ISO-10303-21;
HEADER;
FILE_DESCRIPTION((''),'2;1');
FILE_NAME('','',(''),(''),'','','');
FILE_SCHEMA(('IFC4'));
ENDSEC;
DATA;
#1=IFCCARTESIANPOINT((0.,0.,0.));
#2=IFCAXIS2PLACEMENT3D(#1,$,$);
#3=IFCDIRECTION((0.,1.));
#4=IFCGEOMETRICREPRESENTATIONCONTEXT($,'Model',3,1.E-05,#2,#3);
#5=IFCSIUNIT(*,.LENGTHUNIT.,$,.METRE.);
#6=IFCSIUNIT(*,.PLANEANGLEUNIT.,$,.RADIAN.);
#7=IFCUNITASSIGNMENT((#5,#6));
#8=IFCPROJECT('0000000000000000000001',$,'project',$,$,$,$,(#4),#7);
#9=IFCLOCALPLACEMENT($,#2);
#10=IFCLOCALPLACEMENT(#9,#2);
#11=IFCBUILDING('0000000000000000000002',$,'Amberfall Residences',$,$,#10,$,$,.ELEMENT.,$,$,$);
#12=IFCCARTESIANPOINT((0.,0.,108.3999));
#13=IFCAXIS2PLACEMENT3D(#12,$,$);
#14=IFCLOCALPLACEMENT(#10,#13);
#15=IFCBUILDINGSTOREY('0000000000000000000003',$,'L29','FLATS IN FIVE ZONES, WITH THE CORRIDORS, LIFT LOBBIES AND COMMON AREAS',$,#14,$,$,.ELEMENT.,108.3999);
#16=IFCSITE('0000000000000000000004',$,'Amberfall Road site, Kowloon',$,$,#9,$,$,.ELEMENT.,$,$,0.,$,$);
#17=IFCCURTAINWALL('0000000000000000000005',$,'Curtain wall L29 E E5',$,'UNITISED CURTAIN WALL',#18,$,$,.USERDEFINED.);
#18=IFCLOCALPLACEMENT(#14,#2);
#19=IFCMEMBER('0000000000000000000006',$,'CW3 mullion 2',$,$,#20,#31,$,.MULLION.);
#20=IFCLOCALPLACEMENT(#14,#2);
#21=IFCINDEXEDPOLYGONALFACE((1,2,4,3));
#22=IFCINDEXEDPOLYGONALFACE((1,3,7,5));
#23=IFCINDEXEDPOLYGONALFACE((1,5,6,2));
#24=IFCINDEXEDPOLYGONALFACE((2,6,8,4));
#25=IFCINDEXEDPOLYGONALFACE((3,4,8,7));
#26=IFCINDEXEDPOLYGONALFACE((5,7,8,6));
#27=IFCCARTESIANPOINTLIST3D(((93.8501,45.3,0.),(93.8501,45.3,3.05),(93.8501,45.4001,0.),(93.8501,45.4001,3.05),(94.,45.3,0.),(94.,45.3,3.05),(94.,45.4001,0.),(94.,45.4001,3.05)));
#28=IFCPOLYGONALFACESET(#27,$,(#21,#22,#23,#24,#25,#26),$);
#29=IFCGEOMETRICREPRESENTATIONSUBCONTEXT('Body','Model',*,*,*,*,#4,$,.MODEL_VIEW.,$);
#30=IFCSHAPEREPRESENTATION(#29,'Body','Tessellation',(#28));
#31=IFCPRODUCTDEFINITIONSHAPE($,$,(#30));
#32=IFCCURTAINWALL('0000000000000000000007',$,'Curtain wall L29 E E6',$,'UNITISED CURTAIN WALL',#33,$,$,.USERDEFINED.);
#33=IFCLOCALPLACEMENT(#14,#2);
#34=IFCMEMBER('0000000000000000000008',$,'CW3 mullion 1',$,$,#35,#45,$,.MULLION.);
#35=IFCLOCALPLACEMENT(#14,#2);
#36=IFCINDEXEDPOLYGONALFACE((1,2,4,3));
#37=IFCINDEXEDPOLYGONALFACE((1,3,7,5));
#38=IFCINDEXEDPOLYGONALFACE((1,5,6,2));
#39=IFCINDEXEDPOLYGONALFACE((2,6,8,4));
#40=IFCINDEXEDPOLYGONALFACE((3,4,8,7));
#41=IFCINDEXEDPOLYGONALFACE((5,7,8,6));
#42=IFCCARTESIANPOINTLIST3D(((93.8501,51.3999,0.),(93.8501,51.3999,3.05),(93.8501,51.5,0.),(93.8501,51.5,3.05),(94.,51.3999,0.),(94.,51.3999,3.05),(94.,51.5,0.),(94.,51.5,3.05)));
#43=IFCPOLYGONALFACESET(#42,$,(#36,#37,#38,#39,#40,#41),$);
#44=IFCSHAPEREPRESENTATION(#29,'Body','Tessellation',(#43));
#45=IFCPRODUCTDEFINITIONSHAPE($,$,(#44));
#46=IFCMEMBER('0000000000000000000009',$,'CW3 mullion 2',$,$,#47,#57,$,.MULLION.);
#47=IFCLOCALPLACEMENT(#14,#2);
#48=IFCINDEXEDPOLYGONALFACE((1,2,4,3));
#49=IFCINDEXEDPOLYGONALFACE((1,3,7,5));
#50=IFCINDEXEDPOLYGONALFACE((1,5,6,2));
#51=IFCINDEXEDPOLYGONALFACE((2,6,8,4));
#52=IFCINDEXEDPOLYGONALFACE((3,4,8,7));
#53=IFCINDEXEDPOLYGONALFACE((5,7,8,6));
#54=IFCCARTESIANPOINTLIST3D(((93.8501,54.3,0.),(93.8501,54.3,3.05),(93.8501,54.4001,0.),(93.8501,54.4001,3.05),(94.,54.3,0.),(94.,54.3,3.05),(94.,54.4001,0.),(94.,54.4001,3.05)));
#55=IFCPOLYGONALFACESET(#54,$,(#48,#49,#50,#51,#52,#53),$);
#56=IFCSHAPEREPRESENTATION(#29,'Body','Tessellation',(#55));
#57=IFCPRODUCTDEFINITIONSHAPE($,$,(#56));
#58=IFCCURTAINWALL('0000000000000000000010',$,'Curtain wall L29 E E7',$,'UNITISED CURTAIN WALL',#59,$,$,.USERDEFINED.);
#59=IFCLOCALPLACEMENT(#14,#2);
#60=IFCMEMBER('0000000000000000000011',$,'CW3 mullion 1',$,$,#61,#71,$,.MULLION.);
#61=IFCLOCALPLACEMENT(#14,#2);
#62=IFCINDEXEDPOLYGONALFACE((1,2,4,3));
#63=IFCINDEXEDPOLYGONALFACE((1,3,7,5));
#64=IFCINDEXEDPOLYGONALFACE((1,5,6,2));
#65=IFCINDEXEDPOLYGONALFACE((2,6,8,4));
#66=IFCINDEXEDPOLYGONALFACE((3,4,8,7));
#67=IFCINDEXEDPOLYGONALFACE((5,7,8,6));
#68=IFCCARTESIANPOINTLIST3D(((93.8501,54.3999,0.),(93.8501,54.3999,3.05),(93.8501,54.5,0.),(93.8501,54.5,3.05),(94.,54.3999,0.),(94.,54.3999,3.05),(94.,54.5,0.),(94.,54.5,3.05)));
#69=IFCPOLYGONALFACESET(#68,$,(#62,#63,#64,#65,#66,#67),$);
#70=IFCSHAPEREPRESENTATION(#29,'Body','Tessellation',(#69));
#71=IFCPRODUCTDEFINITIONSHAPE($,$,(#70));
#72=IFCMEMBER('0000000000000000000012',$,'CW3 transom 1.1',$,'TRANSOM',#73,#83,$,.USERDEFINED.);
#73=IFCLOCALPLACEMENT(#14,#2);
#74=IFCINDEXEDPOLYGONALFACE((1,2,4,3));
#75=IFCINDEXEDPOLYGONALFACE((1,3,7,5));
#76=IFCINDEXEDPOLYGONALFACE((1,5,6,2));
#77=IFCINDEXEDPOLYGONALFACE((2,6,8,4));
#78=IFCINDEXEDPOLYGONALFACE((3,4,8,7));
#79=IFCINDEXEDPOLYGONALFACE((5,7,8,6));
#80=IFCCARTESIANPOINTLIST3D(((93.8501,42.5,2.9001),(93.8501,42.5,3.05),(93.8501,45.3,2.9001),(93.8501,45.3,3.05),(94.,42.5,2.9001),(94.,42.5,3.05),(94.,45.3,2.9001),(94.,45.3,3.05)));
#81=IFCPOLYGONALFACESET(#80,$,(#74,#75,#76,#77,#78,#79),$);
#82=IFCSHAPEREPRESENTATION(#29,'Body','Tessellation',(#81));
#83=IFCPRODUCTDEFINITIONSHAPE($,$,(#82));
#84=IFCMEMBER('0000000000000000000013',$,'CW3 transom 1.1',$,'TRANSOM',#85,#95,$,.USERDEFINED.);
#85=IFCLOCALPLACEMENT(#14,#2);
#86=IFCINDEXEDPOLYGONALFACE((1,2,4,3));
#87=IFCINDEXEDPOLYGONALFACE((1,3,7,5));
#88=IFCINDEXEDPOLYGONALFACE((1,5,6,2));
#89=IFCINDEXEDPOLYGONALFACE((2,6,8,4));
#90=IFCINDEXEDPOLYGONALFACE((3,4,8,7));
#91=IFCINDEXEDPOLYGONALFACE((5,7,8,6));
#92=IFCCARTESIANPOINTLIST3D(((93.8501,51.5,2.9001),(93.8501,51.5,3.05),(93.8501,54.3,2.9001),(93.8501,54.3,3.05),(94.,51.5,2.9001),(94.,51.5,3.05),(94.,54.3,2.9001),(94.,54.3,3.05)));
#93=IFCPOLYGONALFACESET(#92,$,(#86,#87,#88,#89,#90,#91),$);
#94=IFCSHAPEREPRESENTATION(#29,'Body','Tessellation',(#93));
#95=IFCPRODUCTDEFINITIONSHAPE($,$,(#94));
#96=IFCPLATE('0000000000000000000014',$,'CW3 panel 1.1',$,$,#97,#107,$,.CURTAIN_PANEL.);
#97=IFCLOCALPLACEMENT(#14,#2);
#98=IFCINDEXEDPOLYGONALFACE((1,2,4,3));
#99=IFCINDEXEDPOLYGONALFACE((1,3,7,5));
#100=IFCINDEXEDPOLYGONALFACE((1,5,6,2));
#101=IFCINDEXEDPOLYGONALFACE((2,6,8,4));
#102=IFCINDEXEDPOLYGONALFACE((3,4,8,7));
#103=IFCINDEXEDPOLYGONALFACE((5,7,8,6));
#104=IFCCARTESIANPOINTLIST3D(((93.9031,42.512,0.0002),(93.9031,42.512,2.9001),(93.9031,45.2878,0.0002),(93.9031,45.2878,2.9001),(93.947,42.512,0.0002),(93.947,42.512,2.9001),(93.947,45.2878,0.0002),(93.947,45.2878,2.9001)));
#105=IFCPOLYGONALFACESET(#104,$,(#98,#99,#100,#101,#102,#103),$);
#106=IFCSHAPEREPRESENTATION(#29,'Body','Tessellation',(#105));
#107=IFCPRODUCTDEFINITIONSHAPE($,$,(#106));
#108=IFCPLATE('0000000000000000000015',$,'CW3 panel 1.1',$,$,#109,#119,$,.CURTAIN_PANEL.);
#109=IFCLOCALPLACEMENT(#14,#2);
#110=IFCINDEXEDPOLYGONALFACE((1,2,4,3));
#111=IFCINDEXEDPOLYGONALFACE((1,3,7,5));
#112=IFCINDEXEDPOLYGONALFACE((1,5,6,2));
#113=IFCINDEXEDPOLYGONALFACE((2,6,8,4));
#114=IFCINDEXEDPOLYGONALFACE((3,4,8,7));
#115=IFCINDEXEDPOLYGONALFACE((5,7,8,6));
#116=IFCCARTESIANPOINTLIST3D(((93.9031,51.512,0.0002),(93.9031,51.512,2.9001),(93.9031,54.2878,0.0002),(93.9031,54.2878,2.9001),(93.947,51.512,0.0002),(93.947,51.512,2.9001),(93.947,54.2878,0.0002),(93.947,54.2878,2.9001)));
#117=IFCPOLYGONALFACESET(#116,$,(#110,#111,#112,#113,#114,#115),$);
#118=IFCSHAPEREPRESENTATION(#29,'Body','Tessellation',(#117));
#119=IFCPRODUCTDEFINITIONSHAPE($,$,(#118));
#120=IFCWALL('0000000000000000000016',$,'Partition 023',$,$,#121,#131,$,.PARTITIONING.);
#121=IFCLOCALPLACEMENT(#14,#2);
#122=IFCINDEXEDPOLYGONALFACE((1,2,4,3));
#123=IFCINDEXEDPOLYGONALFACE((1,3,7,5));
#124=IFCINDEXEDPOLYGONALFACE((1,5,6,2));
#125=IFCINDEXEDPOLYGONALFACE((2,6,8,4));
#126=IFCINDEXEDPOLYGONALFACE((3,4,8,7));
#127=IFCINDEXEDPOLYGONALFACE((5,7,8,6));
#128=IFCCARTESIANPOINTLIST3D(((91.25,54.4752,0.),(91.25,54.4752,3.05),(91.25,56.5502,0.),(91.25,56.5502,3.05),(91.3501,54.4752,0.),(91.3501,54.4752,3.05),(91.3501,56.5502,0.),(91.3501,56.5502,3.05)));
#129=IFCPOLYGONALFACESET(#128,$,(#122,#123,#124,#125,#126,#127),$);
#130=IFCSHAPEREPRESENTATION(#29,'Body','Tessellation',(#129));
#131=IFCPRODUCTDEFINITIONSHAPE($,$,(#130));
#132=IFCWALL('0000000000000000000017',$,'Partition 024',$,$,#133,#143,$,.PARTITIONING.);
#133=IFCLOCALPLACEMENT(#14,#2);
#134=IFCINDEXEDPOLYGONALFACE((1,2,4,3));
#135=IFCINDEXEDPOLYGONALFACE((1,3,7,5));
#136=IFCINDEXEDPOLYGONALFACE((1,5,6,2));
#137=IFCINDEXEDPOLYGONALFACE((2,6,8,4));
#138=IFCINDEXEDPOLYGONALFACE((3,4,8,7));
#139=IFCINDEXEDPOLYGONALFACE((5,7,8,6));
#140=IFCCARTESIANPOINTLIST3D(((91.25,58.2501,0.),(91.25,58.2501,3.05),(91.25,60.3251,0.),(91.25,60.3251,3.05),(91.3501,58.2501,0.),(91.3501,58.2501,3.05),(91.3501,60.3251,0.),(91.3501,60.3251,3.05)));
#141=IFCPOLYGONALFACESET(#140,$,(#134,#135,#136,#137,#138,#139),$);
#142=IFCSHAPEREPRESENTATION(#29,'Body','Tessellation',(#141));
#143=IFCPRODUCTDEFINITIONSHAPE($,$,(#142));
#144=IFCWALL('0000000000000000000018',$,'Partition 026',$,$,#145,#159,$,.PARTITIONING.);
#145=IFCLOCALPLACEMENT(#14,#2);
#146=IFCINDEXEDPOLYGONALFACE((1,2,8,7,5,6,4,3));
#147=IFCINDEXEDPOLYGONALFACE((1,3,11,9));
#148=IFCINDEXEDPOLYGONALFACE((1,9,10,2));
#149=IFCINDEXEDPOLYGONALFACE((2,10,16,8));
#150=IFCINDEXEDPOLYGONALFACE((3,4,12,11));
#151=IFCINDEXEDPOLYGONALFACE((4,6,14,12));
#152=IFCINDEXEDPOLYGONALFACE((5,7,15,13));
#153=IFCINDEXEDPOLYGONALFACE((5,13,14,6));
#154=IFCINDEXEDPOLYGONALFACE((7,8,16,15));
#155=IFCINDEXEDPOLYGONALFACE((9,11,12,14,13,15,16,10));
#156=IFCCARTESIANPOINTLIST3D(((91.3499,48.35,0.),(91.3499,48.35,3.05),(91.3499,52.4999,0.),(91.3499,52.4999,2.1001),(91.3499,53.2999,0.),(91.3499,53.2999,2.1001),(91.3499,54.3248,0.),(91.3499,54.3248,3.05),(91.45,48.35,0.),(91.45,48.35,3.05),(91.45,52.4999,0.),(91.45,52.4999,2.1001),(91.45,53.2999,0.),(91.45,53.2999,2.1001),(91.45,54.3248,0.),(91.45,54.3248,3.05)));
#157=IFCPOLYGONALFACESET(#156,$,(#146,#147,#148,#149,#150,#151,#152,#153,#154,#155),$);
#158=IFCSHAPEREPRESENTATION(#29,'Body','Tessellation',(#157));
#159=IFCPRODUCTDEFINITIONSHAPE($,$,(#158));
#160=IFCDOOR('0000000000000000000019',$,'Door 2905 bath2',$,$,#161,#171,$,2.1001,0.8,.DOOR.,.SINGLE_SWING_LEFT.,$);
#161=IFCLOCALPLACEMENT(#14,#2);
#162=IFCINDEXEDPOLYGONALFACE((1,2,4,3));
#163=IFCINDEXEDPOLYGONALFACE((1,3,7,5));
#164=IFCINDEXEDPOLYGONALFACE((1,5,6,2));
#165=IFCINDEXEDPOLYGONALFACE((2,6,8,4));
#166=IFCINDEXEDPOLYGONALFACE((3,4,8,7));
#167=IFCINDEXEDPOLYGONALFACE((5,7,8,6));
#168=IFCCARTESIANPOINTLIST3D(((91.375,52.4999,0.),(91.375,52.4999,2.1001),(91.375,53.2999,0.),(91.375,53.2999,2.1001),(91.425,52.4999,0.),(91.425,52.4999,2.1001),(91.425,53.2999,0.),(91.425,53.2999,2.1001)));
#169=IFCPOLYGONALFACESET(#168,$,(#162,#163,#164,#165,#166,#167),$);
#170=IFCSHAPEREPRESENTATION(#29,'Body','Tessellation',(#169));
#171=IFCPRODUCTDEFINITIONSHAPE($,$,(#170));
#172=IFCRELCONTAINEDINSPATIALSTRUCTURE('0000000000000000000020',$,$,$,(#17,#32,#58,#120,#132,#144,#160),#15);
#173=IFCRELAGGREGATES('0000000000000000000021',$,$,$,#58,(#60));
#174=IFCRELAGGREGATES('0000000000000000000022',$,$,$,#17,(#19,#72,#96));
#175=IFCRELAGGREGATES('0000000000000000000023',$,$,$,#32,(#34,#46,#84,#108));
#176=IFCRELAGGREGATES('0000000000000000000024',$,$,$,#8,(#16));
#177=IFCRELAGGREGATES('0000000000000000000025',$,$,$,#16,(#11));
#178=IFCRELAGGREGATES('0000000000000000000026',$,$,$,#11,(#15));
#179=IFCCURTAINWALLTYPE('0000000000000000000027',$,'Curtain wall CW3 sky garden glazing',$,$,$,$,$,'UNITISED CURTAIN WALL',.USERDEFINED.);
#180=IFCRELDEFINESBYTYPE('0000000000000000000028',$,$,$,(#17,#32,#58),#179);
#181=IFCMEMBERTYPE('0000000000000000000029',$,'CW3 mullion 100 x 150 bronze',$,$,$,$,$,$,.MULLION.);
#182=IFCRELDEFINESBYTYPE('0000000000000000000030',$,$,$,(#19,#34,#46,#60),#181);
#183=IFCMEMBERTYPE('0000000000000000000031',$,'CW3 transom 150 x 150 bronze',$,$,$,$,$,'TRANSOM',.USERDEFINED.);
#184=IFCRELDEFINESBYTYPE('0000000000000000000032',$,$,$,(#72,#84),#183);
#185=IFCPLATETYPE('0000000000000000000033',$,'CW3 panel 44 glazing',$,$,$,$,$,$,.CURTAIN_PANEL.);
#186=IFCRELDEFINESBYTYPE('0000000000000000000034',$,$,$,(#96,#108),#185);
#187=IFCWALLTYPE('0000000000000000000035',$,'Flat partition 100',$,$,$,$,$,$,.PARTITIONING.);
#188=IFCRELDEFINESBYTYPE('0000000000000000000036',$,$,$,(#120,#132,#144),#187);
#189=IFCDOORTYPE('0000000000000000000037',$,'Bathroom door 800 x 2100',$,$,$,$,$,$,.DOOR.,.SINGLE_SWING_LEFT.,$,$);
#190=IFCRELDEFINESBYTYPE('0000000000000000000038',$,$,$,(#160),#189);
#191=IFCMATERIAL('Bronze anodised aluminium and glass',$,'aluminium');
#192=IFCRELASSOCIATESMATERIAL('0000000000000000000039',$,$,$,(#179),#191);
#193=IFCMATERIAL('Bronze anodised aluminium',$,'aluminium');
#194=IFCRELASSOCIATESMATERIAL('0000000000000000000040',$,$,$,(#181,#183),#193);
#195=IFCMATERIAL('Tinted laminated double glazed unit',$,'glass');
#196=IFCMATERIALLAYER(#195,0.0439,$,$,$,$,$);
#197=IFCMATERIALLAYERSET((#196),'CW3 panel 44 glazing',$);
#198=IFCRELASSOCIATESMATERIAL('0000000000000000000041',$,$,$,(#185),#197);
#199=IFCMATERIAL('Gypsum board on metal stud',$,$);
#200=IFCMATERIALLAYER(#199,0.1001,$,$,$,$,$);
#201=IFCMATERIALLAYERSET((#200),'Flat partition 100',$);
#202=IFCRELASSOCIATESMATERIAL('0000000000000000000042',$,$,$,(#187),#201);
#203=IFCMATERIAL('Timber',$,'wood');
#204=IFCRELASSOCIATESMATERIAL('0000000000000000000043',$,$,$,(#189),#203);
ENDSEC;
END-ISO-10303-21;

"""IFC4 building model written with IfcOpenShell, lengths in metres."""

from ifc_helpers import new_model, si_unit, direction, frame, frame_2d, origin, origin_2d, place, context, subcontext, project, spatial, rectangle, extrude, material, layer, layer_set, material_profile, profile_set, type_object, element, fill, aggregate, save


model = new_model("IFC4")

# Units and contexts
model_context = context("Model", 3, precision=1e-05, world=origin(), true_north=direction((0.0, 1.0)))
body_context = subcontext(model_context, "Body", "Model", "MODEL_VIEW")
ifc_project = project(units=[si_unit("LENGTHUNIT", "METRE"), si_unit("PLANEANGLEUNIT", "RADIAN")], contexts=[model_context])

# Site, building, storey
site_placement = place(None, origin())
site = spatial("IfcSite", under=ifc_project, at=site_placement, Name="Amberfall Road site, Kowloon", CompositionType="ELEMENT", RefElevation=0.0)
building_placement = place(site_placement, origin())
building = spatial("IfcBuilding", under=site, at=building_placement, Name="Amberfall Residences", CompositionType="ELEMENT")
storey_placement = place(building_placement, frame((0.0, 0.0, 108.3999)))
storey = spatial("IfcBuildingStorey", under=building, at=storey_placement, Name="L29", Description="FLATS IN FIVE ZONES, WITH THE CORRIDORS, LIFT LOBBIES AND COMMON AREAS", CompositionType="ELEMENT", Elevation=108.3999)

# Curtain wall, member
ifc_material_1 = material(Name="Bronze anodised aluminium and glass", Category="aluminium")
curtain_wall_type = type_object("IfcCurtainWallType", Name="Curtain wall CW3 sky garden glazing", ElementType="UNITISED CURTAIN WALL", PredefinedType="USERDEFINED", material=ifc_material_1)
curtain_wall_1_placement = place(storey_placement, origin())
curtain_wall_1 = element("IfcCurtainWall", 1, at=curtain_wall_1_placement, inside=storey, type_object=curtain_wall_type, Name="Curtain wall L29 E E5", ObjectType="UNITISED CURTAIN WALL", PredefinedType="USERDEFINED")
ifc_material_2 = material(Name="Bronze anodised aluminium", Category="aluminium")
ifc_material_profile_1 = material_profile(ifc_material_2, rectangle(XDim=0.1499, YDim=0.1001, at=origin_2d()), Name="CW3 mullion 100 x 150 bronze")
ifc_profile_set_1 = profile_set([ifc_material_profile_1], Name="Bronze anodised aluminium")
member_type_1 = type_object("IfcMemberType", Name="CW3 mullion 100 x 150 bronze", PredefinedType="MULLION", material=ifc_profile_set_1)
member_1_placement = place(storey_placement, frame((93.925, 45.3501, 0.0), z_axis=(0.0, 0.0, 1.0), x_axis=(-1.0, 0.0, 0.0)))
member_1 = element("IfcMember", 2, at=member_1_placement, type_object=member_type_1, Name="CW3 mullion 2", PredefinedType="MULLION", context=body_context, shape_type="SweptSolid", body=[
    extrude(rectangle(XDim=0.1499, YDim=0.1001, at=origin_2d()), origin(), (0.0, 0.0, 1.0), 3.05),
])

# Curtain wall, members
curtain_wall_2_placement = place(storey_placement, origin())
curtain_wall_2 = element("IfcCurtainWall", 3, at=curtain_wall_2_placement, inside=storey, type_object=curtain_wall_type, Name="Curtain wall L29 E E6", ObjectType="UNITISED CURTAIN WALL", PredefinedType="USERDEFINED")
member_2_placement = place(storey_placement, frame((93.925, 51.45, 0.0), z_axis=(0.0, 0.0, 1.0), x_axis=(-1.0, 0.0, 0.0)))
member_2 = element("IfcMember", 4, at=member_2_placement, type_object=member_type_1, Name="CW3 mullion 1", PredefinedType="MULLION", context=body_context, shape_type="SweptSolid", body=[
    extrude(rectangle(XDim=0.1499, YDim=0.1001, at=origin_2d()), origin(), (0.0, 0.0, 1.0), 3.05),
])
member_3_placement = place(storey_placement, frame((93.925, 54.3501, 0.0), z_axis=(0.0, 0.0, 1.0), x_axis=(-1.0, 0.0, 0.0)))
member_3 = element("IfcMember", 5, at=member_3_placement, type_object=member_type_1, Name="CW3 mullion 2", PredefinedType="MULLION", context=body_context, shape_type="SweptSolid", body=[
    extrude(rectangle(XDim=0.1499, YDim=0.1001, at=origin_2d()), origin(), (0.0, 0.0, 1.0), 3.05),
])

# Curtain wall, member
curtain_wall_3_placement = place(storey_placement, origin())
curtain_wall_3 = element("IfcCurtainWall", 6, at=curtain_wall_3_placement, inside=storey, type_object=curtain_wall_type, Name="Curtain wall L29 E E7", ObjectType="UNITISED CURTAIN WALL", PredefinedType="USERDEFINED")
member_4_placement = place(storey_placement, frame((93.925, 54.45, 0.0), z_axis=(0.0, 0.0, 1.0), x_axis=(-1.0, 0.0, 0.0)))
member_4 = element("IfcMember", 7, at=member_4_placement, type_object=member_type_1, Name="CW3 mullion 1", PredefinedType="MULLION", context=body_context, shape_type="SweptSolid", body=[
    extrude(rectangle(XDim=0.1499, YDim=0.1001, at=origin_2d()), origin(), (0.0, 0.0, 1.0), 3.05),
])
aggregate(curtain_wall_3, [member_4])

# Members
ifc_material_profile_2 = material_profile(ifc_material_2, rectangle(XDim=0.1499, YDim=0.1499, at=origin_2d()), Name="CW3 transom 150 x 150 bronze")
ifc_profile_set_2 = profile_set([ifc_material_profile_2], Name="Bronze anodised aluminium")
member_type_2 = type_object("IfcMemberType", Name="CW3 transom 150 x 150 bronze", ElementType="TRANSOM", PredefinedType="USERDEFINED", material=ifc_profile_set_2)
member_5_placement = place(storey_placement, frame((93.925, 42.5, 2.9751), z_axis=(0.0, 1.0, 0.0), x_axis=(-1.0, 0.0, 0.0)))
member_5 = element("IfcMember", 8, at=member_5_placement, type_object=member_type_2, Name="CW3 transom 1.1", ObjectType="TRANSOM", PredefinedType="USERDEFINED", context=body_context, shape_type="SweptSolid", body=[
    extrude(rectangle(XDim=0.1499, YDim=0.1499, at=origin_2d()), origin(), (0.0, 0.0, 1.0), 2.8),
])
member_6_placement = place(storey_placement, frame((93.925, 51.5, 2.9751), z_axis=(0.0, 1.0, 0.0), x_axis=(-1.0, 0.0, 0.0)))
member_6 = element("IfcMember", 9, at=member_6_placement, type_object=member_type_2, Name="CW3 transom 1.1", ObjectType="TRANSOM", PredefinedType="USERDEFINED", context=body_context, shape_type="SweptSolid", body=[
    extrude(rectangle(XDim=0.1499, YDim=0.1499, at=origin_2d()), origin(), (0.0, 0.0, 1.0), 2.8),
])

# Plates
ifc_material_3 = material(Name="Tinted laminated double glazed unit", Category="glass")
ifc_layer_1 = layer(ifc_material_3, 0.0439)
ifc_layer_set_1 = layer_set([ifc_layer_1], Name="CW3 panel 44 glazing")
plate_type = type_object("IfcPlateType", Name="CW3 panel 44 glazing", PredefinedType="CURTAIN_PANEL", material=ifc_layer_set_1)
plate_1_placement = place(storey_placement, frame((93.925, 43.8999, 0.0002), z_axis=(0.0, 0.0, 1.0), x_axis=(0.0, 1.0, 0.0)))
plate_1 = element("IfcPlate", 10, at=plate_1_placement, type_object=plate_type, Name="CW3 panel 1.1", PredefinedType="CURTAIN_PANEL", context=body_context, shape_type="SweptSolid", body=[
    extrude(rectangle(XDim=2.7759, YDim=0.0439, at=origin_2d()), origin(), (0.0, 0.0, 1.0), 2.8999),
])
aggregate(curtain_wall_1, [member_1, member_5, plate_1])
plate_2_placement = place(storey_placement, frame((93.925, 52.8999, 0.0002), z_axis=(0.0, 0.0, 1.0), x_axis=(0.0, 1.0, 0.0)))
plate_2 = element("IfcPlate", 11, at=plate_2_placement, type_object=plate_type, Name="CW3 panel 1.1", PredefinedType="CURTAIN_PANEL", context=body_context, shape_type="SweptSolid", body=[
    extrude(rectangle(XDim=2.7759, YDim=0.0439, at=origin_2d()), origin(), (0.0, 0.0, 1.0), 2.8999),
])
aggregate(curtain_wall_2, [member_2, member_3, member_6, plate_2])

# Walls
ifc_material_4 = material(Name="Gypsum board on metal stud")
ifc_layer_2 = layer(ifc_material_4, 0.1001)
ifc_layer_set_2 = layer_set([ifc_layer_2], Name="Flat partition 100")
wall_type_1 = type_object("IfcWallType", Name="Flat partition 100", PredefinedType="PARTITIONING", material=ifc_layer_set_2)
for number, where, z_axis, x_axis, name in (
    (12, (91.3, 54.4751, 0.0), (0.0, 0.0, 1.0), (0.0, 1.0, 0.0), "Partition 023"),
    (13, (91.3, 58.25, 0.0), (0.0, 0.0, 1.0), (0.0, 1.0, 0.0), "Partition 024"),
):
    element("IfcWall", number, at=place(storey_placement, frame(where, z_axis=z_axis, x_axis=x_axis)), inside=storey, type_object=wall_type_1, Name=name, PredefinedType="PARTITIONING", context=body_context, shape_type="SweptSolid", body=[
        extrude(rectangle(XDim=2.075, YDim=0.1001, at=frame_2d((1.0376, 0.0))), origin(), (0.0, 0.0, 1.0), 3.05),
    ])

# Wall, opening, door
wall_1_placement = place(storey_placement, frame((91.3999, 48.3501, 0.0), z_axis=(0.0, 0.0, 1.0), x_axis=(0.0, 1.0, 0.0)))
wall_1 = element("IfcWall", 14, at=wall_1_placement, inside=storey, type_object=wall_type_1, Name="Partition 026", PredefinedType="PARTITIONING", context=body_context, shape_type="SweptSolid", body=[
    extrude(rectangle(XDim=5.9749, YDim=0.1001, at=frame_2d((2.9873, 0.0))), origin(), (0.0, 0.0, 1.0), 3.05),
])
opening_1_placement = place(wall_1_placement, frame((4.1499, 0.0, 0.0)))
opening_1 = element("IfcOpeningElement", 15, at=opening_1_placement, cuts=wall_1, PredefinedType="OPENING", context=body_context, shape_type="SweptSolid", body=[
    extrude(rectangle(XDim=0.8, YDim=2.1001, at=frame_2d((0.3999, 1.05))), frame((0.0, 0.0601, 0.0), z_axis=(0.0, -1.0, 0.0), x_axis=(1.0, 0.0, 0.0)), (0.0, 0.0, 1.0), 0.1201),
])
ifc_material_5 = material(Name="Timber", Category="wood")
door_type_1 = type_object("IfcDoorType", Name="Bathroom door 800 x 2100", OperationType="SINGLE_SWING_LEFT", PredefinedType="DOOR", material=ifc_material_5)
door_1_placement = place(opening_1_placement, origin())
door_1 = element("IfcDoor", 16, at=door_1_placement, inside=storey, type_object=door_type_1, Name="Door 2905 bath2", OperationType="SINGLE_SWING_LEFT", OverallHeight=2.1001, OverallWidth=0.8, PredefinedType="DOOR", context=body_context, shape_type="SweptSolid", body=[
    extrude(rectangle(XDim=0.8, YDim=2.1001, at=frame_2d((0.3999, 1.05))), frame((0.0, 0.0249, 0.0), z_axis=(0.0, -1.0, 0.0), x_axis=(1.0, 0.0, 0.0)), (0.0, 0.0, 1.0), 0.05),
])
fill(opening_1, door_1)

save(model, "model.ifc")
